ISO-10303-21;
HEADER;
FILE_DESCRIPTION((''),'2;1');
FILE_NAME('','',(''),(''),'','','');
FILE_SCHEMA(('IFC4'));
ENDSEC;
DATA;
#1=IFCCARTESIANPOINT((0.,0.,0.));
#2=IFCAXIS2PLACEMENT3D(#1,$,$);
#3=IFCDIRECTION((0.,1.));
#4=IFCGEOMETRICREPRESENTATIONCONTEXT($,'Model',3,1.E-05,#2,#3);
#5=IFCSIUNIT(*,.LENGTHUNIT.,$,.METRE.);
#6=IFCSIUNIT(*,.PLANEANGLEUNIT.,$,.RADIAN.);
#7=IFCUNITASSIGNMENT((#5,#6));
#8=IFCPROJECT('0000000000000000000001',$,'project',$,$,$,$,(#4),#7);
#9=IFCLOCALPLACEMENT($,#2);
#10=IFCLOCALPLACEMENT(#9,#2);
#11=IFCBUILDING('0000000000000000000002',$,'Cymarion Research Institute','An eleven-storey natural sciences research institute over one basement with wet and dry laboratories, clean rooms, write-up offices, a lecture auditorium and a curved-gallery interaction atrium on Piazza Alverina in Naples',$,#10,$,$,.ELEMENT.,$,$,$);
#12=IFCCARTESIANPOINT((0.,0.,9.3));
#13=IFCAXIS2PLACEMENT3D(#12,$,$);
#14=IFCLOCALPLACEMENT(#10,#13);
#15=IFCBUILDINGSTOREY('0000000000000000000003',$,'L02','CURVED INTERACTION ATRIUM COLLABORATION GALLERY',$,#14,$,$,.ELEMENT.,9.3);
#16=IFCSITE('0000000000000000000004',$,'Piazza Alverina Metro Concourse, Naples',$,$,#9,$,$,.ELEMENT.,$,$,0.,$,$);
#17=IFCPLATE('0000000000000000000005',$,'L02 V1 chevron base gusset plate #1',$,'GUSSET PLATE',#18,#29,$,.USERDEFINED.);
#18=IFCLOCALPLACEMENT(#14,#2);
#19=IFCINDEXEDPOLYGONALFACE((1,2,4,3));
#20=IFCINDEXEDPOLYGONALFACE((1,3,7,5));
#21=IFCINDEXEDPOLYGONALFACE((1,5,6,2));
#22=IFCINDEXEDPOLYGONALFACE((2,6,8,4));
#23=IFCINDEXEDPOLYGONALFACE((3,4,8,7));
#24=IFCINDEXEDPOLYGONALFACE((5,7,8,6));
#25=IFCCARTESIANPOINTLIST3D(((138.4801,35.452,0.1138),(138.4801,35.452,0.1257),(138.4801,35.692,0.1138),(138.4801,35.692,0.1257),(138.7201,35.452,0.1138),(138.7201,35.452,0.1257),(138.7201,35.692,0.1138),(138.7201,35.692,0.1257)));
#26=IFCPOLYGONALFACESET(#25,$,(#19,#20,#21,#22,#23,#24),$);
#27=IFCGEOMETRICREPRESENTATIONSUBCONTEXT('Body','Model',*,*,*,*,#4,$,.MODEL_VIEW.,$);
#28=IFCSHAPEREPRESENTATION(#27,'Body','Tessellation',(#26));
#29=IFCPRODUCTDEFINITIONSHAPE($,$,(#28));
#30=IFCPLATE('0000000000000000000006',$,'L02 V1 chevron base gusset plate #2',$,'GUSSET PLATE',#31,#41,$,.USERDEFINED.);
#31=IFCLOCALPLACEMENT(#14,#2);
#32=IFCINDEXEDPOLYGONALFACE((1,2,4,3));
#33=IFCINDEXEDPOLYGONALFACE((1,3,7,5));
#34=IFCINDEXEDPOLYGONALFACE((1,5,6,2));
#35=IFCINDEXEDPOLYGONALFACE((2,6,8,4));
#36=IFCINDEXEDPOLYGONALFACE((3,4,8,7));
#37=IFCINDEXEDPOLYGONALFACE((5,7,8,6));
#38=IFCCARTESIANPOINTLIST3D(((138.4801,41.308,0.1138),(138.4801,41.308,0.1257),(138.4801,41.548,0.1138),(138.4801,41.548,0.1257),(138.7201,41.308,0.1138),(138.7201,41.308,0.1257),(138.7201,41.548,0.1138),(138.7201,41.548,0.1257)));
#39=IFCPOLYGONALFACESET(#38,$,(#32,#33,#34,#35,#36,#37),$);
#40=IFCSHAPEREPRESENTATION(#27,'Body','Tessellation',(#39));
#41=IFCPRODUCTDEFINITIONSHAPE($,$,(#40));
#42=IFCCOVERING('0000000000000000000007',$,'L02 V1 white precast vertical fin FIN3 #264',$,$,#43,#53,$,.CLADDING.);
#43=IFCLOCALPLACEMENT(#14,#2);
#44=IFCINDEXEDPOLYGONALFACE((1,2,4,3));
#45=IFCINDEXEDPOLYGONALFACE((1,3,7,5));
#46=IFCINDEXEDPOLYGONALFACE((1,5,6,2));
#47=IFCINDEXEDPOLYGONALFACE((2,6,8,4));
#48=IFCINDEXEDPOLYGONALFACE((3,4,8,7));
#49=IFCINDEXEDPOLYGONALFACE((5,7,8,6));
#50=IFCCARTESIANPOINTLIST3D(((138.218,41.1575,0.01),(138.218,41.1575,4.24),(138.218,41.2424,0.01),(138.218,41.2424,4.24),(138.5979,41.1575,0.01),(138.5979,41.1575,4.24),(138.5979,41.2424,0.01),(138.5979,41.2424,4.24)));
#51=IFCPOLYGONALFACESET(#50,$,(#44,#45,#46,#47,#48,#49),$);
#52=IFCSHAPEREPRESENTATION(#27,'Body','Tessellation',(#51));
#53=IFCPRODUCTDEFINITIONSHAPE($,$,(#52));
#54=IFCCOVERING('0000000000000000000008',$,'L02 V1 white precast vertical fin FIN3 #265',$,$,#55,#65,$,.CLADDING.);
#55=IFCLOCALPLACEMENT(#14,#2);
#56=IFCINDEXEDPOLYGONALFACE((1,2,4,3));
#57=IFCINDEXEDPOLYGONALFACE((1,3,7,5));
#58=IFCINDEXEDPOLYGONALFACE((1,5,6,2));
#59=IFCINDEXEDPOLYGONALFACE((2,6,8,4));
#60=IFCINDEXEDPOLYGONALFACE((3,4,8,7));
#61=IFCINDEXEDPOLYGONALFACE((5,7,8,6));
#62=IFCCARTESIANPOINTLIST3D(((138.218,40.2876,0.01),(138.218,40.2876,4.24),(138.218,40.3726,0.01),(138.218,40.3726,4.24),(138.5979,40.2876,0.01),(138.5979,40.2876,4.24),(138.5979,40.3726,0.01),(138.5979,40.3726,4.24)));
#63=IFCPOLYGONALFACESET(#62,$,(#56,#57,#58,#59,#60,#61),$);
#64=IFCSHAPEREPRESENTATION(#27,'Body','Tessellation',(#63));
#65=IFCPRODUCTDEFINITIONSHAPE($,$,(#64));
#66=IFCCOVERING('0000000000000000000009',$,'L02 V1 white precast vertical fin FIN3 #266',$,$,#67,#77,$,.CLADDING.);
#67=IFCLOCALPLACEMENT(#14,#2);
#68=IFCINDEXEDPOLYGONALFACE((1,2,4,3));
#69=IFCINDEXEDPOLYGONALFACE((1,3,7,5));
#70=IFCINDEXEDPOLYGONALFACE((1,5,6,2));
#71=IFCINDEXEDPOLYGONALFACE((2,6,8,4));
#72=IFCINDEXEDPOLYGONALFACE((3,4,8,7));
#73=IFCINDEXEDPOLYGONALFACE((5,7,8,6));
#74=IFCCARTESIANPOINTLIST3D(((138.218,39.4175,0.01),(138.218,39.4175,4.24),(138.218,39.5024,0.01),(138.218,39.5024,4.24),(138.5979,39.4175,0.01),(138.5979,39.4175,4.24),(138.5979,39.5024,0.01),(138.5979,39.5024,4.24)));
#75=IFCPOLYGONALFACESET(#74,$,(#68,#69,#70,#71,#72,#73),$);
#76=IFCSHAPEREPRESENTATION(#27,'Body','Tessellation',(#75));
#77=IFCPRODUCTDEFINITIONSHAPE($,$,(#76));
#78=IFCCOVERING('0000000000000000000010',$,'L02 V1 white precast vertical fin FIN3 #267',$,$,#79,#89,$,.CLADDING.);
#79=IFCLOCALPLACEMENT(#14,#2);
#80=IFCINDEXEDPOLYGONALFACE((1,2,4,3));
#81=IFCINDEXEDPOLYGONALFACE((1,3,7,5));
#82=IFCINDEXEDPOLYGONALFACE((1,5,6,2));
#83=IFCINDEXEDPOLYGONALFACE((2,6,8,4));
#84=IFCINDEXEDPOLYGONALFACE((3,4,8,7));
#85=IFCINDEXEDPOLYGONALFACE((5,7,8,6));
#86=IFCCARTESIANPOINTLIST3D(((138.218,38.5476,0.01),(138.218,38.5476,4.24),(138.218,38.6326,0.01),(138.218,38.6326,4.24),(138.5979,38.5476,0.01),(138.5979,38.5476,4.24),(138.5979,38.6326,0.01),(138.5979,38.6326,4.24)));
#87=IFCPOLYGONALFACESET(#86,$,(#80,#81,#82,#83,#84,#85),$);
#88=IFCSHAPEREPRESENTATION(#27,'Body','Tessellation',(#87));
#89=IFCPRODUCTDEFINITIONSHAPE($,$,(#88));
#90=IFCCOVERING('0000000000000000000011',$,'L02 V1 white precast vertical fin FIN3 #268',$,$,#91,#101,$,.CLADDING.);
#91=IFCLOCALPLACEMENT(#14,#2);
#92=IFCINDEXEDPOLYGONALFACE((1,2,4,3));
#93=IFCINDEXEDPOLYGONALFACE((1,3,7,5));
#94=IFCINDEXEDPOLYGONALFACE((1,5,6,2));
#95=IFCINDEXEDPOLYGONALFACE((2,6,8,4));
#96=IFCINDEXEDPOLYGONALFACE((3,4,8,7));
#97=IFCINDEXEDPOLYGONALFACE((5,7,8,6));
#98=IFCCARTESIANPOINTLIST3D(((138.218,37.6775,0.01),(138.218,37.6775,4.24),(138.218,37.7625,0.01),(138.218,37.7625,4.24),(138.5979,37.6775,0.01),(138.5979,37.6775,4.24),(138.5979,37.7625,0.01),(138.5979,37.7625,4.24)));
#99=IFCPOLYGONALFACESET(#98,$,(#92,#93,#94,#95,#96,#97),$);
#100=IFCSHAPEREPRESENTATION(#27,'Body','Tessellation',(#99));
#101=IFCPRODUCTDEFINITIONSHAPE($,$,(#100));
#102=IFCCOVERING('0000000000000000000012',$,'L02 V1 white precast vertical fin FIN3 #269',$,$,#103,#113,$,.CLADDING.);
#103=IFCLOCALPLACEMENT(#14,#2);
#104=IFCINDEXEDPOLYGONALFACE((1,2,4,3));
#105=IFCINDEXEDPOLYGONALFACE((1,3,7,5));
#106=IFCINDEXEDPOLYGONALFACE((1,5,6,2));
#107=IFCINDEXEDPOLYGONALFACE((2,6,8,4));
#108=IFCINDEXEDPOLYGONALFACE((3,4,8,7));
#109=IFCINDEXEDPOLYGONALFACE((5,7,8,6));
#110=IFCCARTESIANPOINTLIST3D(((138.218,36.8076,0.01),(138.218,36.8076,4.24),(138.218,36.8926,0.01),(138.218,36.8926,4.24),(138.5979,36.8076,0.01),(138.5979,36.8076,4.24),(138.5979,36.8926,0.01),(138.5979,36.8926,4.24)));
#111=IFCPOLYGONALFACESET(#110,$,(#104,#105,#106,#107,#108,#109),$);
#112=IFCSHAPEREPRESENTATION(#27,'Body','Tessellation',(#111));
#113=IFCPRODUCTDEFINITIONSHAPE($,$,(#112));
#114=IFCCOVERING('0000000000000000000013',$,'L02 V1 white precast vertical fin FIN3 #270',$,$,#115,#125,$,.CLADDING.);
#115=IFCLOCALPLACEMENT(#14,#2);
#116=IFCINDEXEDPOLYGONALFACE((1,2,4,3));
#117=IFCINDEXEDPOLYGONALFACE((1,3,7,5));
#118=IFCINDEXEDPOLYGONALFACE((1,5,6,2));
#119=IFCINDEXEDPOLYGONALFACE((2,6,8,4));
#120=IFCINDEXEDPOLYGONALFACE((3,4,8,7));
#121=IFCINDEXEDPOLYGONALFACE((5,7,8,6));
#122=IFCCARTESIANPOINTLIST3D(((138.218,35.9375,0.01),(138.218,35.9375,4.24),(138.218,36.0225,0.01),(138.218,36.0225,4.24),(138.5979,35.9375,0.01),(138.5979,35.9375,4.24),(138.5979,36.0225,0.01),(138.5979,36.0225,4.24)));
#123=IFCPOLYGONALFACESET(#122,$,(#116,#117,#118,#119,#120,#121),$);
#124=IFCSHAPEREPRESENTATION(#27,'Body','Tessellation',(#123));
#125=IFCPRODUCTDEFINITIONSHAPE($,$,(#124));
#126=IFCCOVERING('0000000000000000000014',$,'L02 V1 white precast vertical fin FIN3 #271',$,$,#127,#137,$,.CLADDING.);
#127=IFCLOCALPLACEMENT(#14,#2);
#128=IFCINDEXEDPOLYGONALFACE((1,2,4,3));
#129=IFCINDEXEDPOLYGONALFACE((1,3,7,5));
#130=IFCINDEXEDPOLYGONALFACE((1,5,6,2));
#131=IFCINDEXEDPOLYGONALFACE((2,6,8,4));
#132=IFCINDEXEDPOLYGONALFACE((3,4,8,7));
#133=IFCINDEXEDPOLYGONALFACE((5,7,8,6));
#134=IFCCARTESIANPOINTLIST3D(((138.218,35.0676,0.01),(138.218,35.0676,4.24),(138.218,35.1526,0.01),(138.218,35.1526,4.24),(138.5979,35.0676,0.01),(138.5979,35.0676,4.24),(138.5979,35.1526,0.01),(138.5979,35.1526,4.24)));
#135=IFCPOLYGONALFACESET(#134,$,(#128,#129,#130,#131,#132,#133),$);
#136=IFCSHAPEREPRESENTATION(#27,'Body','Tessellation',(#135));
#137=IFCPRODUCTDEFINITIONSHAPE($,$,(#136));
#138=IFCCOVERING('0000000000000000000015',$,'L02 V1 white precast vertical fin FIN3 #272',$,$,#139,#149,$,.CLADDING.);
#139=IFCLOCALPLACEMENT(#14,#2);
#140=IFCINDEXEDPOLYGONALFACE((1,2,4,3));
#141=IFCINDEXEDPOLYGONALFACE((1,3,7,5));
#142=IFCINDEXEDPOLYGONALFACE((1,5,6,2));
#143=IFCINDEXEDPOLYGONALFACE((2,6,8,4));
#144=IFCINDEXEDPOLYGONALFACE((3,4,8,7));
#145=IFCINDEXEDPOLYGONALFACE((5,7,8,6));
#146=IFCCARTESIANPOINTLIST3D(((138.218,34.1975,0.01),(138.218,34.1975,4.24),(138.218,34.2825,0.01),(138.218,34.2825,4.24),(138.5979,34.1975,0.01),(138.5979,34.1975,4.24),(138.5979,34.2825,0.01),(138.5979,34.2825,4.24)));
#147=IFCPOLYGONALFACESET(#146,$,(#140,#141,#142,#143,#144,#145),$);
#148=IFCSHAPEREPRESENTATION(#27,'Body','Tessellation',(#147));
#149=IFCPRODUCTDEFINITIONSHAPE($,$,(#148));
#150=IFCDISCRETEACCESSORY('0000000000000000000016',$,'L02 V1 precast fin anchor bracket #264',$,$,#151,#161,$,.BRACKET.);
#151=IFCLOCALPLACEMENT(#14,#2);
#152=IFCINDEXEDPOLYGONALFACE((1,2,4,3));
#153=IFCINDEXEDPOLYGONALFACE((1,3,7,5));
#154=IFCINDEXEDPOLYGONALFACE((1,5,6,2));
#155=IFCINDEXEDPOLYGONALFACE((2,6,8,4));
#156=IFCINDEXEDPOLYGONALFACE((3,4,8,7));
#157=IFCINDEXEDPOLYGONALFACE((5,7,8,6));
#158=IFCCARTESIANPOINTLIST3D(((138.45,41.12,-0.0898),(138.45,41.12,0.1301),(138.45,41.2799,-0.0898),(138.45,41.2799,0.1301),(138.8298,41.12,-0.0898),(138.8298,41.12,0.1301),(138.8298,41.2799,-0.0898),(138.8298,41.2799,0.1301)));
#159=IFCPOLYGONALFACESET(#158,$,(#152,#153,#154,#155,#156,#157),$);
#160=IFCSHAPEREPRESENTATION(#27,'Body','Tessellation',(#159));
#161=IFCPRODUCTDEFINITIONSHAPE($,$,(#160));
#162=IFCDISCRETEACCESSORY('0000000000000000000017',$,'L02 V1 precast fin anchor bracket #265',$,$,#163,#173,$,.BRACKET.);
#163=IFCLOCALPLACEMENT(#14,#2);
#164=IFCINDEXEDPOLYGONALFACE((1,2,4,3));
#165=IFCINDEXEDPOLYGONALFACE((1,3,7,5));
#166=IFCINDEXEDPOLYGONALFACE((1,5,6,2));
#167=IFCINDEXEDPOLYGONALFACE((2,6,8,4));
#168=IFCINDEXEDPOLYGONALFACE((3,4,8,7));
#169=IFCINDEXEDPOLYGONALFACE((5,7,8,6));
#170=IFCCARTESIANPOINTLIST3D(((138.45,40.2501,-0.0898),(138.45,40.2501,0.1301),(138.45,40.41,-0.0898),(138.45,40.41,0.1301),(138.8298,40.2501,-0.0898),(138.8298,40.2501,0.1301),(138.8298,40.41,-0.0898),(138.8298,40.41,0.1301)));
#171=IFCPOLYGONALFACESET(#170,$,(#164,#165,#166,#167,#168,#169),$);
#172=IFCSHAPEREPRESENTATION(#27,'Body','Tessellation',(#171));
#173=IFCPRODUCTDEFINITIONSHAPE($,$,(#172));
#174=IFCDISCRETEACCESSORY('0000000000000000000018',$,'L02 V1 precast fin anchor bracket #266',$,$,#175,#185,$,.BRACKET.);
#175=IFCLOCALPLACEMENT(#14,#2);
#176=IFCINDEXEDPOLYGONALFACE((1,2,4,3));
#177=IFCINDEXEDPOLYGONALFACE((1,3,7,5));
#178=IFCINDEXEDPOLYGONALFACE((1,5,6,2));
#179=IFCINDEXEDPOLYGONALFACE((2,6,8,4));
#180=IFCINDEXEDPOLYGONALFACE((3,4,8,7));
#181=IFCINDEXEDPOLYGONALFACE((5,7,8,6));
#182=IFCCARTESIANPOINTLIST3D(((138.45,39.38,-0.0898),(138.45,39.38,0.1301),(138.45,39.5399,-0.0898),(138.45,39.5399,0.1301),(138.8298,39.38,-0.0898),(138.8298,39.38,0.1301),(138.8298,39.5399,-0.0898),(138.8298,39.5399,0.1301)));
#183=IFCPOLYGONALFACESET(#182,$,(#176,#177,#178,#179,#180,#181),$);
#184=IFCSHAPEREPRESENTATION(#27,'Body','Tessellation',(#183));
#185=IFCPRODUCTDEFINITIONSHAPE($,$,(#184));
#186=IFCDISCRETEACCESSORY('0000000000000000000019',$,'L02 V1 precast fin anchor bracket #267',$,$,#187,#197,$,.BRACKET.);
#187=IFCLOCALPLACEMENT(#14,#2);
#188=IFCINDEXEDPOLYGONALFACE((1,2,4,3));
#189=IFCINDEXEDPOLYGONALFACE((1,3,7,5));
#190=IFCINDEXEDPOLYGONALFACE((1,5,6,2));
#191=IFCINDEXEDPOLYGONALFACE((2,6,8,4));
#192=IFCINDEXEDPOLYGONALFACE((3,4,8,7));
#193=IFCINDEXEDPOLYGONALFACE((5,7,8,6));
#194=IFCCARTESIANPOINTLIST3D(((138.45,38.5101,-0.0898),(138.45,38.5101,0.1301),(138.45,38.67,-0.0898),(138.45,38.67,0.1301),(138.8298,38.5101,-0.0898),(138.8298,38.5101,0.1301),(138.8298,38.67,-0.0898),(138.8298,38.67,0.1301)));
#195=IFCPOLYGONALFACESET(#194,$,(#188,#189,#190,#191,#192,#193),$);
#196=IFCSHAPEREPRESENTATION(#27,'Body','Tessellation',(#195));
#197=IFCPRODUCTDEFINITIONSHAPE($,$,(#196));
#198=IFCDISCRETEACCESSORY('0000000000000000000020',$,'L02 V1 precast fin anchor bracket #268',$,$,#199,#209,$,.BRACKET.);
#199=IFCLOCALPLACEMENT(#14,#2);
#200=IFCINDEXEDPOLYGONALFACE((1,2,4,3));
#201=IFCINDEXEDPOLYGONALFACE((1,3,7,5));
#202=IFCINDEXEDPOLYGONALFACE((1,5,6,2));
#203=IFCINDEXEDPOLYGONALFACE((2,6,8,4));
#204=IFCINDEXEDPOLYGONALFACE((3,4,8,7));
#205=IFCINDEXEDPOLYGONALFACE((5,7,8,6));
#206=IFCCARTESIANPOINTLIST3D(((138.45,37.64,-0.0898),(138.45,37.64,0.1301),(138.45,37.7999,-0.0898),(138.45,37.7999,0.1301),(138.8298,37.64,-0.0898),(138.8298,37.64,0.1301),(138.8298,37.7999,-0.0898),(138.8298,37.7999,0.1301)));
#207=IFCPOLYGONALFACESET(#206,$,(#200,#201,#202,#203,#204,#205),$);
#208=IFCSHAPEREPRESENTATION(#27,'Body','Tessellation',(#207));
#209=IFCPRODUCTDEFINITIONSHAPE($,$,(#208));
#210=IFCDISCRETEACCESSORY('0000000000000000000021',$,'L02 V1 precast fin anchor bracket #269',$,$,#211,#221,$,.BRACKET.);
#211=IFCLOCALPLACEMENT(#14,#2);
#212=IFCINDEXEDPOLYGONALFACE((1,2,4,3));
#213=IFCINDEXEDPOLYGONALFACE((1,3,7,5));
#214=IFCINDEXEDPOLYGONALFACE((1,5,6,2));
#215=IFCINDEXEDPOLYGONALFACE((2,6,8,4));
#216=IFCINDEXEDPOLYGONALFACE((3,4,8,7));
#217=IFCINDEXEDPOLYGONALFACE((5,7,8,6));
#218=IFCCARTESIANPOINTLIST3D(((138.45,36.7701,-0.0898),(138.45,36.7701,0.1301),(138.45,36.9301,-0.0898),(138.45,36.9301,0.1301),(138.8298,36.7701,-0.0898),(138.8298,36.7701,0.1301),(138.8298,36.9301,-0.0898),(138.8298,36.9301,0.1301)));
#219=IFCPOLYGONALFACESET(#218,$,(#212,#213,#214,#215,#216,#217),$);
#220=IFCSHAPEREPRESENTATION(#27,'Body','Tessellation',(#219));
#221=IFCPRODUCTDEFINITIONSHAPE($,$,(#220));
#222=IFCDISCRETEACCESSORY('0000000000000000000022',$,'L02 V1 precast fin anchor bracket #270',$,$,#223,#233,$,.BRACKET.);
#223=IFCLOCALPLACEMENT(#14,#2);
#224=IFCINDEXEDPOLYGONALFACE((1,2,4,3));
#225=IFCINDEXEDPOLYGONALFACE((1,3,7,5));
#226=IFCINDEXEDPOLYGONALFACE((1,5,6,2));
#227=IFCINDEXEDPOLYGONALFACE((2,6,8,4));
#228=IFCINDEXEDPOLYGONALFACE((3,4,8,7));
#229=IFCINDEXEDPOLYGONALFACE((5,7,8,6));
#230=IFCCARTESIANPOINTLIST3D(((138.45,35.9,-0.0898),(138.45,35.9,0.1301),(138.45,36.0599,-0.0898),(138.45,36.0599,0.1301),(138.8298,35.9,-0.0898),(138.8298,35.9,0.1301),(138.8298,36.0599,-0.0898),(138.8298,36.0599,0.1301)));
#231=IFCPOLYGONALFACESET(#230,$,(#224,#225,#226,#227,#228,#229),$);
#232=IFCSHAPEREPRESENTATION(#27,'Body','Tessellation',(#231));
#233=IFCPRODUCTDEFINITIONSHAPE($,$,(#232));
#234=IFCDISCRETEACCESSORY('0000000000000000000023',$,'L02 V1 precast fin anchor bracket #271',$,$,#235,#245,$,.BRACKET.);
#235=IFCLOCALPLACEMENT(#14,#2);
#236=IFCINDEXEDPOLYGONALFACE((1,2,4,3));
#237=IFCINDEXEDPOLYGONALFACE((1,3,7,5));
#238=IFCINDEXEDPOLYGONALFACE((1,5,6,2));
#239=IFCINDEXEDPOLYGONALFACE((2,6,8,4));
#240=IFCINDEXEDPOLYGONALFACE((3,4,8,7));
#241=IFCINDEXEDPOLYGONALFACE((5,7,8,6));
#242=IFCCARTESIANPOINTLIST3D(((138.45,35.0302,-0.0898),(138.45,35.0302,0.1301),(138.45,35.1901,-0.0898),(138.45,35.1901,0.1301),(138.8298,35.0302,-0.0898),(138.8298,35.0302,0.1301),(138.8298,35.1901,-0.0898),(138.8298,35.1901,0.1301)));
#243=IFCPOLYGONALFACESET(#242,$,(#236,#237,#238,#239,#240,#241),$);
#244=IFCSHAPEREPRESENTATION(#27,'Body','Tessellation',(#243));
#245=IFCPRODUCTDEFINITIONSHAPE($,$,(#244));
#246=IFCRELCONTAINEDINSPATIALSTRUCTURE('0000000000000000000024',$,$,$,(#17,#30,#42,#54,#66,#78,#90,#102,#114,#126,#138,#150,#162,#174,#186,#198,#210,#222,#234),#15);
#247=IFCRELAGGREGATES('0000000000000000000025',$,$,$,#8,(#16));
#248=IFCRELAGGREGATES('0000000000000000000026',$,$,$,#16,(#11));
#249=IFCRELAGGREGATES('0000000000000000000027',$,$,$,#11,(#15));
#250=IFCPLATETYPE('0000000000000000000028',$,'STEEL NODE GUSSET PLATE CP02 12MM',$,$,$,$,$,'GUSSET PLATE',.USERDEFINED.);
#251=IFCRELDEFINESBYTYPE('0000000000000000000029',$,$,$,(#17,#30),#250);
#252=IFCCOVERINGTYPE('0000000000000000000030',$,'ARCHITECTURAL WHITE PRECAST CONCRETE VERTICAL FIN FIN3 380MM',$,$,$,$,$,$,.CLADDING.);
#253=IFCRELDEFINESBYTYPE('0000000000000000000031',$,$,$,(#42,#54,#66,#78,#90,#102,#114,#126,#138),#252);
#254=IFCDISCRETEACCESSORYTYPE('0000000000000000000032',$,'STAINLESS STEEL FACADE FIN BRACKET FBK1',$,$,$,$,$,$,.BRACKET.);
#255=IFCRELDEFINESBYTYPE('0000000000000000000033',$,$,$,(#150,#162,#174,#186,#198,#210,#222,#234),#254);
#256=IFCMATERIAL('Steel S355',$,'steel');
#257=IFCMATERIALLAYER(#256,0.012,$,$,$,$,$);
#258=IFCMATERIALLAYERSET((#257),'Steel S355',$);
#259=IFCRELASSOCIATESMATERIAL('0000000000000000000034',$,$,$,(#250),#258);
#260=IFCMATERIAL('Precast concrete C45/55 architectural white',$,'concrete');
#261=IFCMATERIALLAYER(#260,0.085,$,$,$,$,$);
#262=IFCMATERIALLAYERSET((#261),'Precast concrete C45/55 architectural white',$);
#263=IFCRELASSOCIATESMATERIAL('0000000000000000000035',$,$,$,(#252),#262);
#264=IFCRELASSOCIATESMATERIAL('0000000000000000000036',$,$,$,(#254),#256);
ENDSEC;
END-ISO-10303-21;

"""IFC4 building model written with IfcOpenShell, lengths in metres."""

from ifc_helpers import new_model, si_unit, direction, frame, origin, origin_2d, place, context, subcontext, project, spatial, rectangle, extrude, material, layer, layer_set, type_object, element, save


model = new_model("IFC4")

# Units and contexts
model_context = context("Model", 3, precision=1e-05, world=origin(), true_north=direction((0.0, 1.0)))
body_context = subcontext(model_context, "Body", "Model", "MODEL_VIEW")
ifc_project = project(units=[si_unit("LENGTHUNIT", "METRE"), si_unit("PLANEANGLEUNIT", "RADIAN")], contexts=[model_context])

# Site, building, storey
site_placement = place(None, origin())
site = spatial("IfcSite", under=ifc_project, at=site_placement, Name="Piazza Alverina Metro Concourse, Naples", CompositionType="ELEMENT", RefElevation=0.0)
building_placement = place(site_placement, origin())
building = spatial("IfcBuilding", under=site, at=building_placement, Name="Cymarion Research Institute", Description="An eleven-storey natural sciences research institute over one basement with wet and dry laboratories, clean rooms, write-up offices, a lecture auditorium and a curved-gallery interaction atrium on Piazza Alverina in Naples", CompositionType="ELEMENT")
storey_placement = place(building_placement, frame((0.0, 0.0, 9.3)))
storey = spatial("IfcBuildingStorey", under=building, at=storey_placement, Name="L02", Description="CURVED INTERACTION ATRIUM COLLABORATION GALLERY", CompositionType="ELEMENT", Elevation=9.3)

# Shared definitions
ifc_material_1 = material(Name="Steel S355", Category="steel")

# Plates
ifc_layer_1 = layer(ifc_material_1, 0.012)
ifc_layer_set_1 = layer_set([ifc_layer_1], Name="Steel S355")
plate_type = type_object("IfcPlateType", Name="STEEL NODE GUSSET PLATE CP02 12MM", ElementType="GUSSET PLATE", PredefinedType="USERDEFINED", material=ifc_layer_set_1)
for number, where, z_axis, x_axis, name in (
    (1, (138.6001, 35.572, 0.1138), (0.0, 0.0, 1.0), (1.0, 0.0, 0.0), "L02 V1 chevron base gusset plate #1"),
    (2, (138.6001, 41.428, 0.1138), (0.0, 0.0, 1.0), (1.0, 0.0, 0.0), "L02 V1 chevron base gusset plate #2"),
):
    element("IfcPlate", number, at=place(storey_placement, frame(where, z_axis=z_axis, x_axis=x_axis)), inside=storey, type_object=plate_type, Name=name, ObjectType="GUSSET PLATE", PredefinedType="USERDEFINED", context=body_context, shape_type="SweptSolid", body=[
        extrude(rectangle(XDim=0.24, YDim=0.24, at=origin_2d()), origin(), (0.0, 0.0, 1.0), 0.012),
    ])

# Coverings
ifc_material_2 = material(Name="Precast concrete C45/55 architectural white", Category="concrete")
ifc_layer_2 = layer(ifc_material_2, 0.085)
ifc_layer_set_2 = layer_set([ifc_layer_2], Name="Precast concrete C45/55 architectural white")
covering_type = type_object("IfcCoveringType", Name="ARCHITECTURAL WHITE PRECAST CONCRETE VERTICAL FIN FIN3 380MM", PredefinedType="CLADDING", material=ifc_layer_set_2)
for number, where, z_axis, x_axis, name in (
    (3, (138.408, 41.2, 0.01), (0.0, 0.0, 1.0), (-1.0, 0.0, 0.0), "L02 V1 white precast vertical fin FIN3 #264"),
    (4, (138.408, 40.3301, 0.01), (0.0, 0.0, 1.0), (-1.0, 0.0, 0.0), "L02 V1 white precast vertical fin FIN3 #265"),
    (5, (138.408, 39.46, 0.01), (0.0, 0.0, 1.0), (-1.0, 0.0, 0.0), "L02 V1 white precast vertical fin FIN3 #266"),
    (6, (138.408, 38.5901, 0.01), (0.0, 0.0, 1.0), (-1.0, 0.0, 0.0), "L02 V1 white precast vertical fin FIN3 #267"),
    (7, (138.408, 37.72, 0.01), (0.0, 0.0, 1.0), (-1.0, 0.0, 0.0), "L02 V1 white precast vertical fin FIN3 #268"),
    (8, (138.408, 36.8501, 0.01), (0.0, 0.0, 1.0), (-1.0, 0.0, 0.0), "L02 V1 white precast vertical fin FIN3 #269"),
    (9, (138.408, 35.98, 0.01), (0.0, 0.0, 1.0), (-1.0, 0.0, 0.0), "L02 V1 white precast vertical fin FIN3 #270"),
    (10, (138.408, 35.1101, 0.01), (0.0, 0.0, 1.0), (-1.0, 0.0, 0.0), "L02 V1 white precast vertical fin FIN3 #271"),
    (11, (138.408, 34.24, 0.01), (0.0, 0.0, 1.0), (-1.0, 0.0, 0.0), "L02 V1 white precast vertical fin FIN3 #272"),
):
    element("IfcCovering", number, at=place(storey_placement, frame(where, z_axis=z_axis, x_axis=x_axis)), inside=storey, type_object=covering_type, Name=name, PredefinedType="CLADDING", context=body_context, shape_type="SweptSolid", body=[
        extrude(rectangle(XDim=0.3799, YDim=0.085, at=origin_2d()), origin(), (0.0, 0.0, 1.0), 4.23),
    ])

# Discrete accessories
discrete_accessory_type = type_object("IfcDiscreteAccessoryType", Name="STAINLESS STEEL FACADE FIN BRACKET FBK1", PredefinedType="BRACKET", material=ifc_material_1)
for number, where, z_axis, x_axis, name in (
    (12, (138.6399, 41.2, -0.0898), (0.0, 0.0, 1.0), (-1.0, 0.0, 0.0), "L02 V1 precast fin anchor bracket #264"),
    (13, (138.6399, 40.3301, -0.0898), (0.0, 0.0, 1.0), (-1.0, 0.0, 0.0), "L02 V1 precast fin anchor bracket #265"),
    (14, (138.6399, 39.46, -0.0898), (0.0, 0.0, 1.0), (-1.0, 0.0, 0.0), "L02 V1 precast fin anchor bracket #266"),
    (15, (138.6399, 38.5901, -0.0898), (0.0, 0.0, 1.0), (-1.0, 0.0, 0.0), "L02 V1 precast fin anchor bracket #267"),
    (16, (138.6399, 37.72, -0.0898), (0.0, 0.0, 1.0), (-1.0, 0.0, 0.0), "L02 V1 precast fin anchor bracket #268"),
    (17, (138.6399, 36.8501, -0.0898), (0.0, 0.0, 1.0), (-1.0, 0.0, 0.0), "L02 V1 precast fin anchor bracket #269"),
    (18, (138.6399, 35.98, -0.0898), (0.0, 0.0, 1.0), (-1.0, 0.0, 0.0), "L02 V1 precast fin anchor bracket #270"),
    (19, (138.6399, 35.1101, -0.0898), (0.0, 0.0, 1.0), (-1.0, 0.0, 0.0), "L02 V1 precast fin anchor bracket #271"),
):
    element("IfcDiscreteAccessory", number, at=place(storey_placement, frame(where, z_axis=z_axis, x_axis=x_axis)), inside=storey, type_object=discrete_accessory_type, Name=name, PredefinedType="BRACKET", context=body_context, shape_type="SweptSolid", body=[
        extrude(rectangle(XDim=0.3799, YDim=0.1599, at=origin_2d()), origin(), (0.0, 0.0, 1.0), 0.22),
    ])

save(model, "model.ifc")
